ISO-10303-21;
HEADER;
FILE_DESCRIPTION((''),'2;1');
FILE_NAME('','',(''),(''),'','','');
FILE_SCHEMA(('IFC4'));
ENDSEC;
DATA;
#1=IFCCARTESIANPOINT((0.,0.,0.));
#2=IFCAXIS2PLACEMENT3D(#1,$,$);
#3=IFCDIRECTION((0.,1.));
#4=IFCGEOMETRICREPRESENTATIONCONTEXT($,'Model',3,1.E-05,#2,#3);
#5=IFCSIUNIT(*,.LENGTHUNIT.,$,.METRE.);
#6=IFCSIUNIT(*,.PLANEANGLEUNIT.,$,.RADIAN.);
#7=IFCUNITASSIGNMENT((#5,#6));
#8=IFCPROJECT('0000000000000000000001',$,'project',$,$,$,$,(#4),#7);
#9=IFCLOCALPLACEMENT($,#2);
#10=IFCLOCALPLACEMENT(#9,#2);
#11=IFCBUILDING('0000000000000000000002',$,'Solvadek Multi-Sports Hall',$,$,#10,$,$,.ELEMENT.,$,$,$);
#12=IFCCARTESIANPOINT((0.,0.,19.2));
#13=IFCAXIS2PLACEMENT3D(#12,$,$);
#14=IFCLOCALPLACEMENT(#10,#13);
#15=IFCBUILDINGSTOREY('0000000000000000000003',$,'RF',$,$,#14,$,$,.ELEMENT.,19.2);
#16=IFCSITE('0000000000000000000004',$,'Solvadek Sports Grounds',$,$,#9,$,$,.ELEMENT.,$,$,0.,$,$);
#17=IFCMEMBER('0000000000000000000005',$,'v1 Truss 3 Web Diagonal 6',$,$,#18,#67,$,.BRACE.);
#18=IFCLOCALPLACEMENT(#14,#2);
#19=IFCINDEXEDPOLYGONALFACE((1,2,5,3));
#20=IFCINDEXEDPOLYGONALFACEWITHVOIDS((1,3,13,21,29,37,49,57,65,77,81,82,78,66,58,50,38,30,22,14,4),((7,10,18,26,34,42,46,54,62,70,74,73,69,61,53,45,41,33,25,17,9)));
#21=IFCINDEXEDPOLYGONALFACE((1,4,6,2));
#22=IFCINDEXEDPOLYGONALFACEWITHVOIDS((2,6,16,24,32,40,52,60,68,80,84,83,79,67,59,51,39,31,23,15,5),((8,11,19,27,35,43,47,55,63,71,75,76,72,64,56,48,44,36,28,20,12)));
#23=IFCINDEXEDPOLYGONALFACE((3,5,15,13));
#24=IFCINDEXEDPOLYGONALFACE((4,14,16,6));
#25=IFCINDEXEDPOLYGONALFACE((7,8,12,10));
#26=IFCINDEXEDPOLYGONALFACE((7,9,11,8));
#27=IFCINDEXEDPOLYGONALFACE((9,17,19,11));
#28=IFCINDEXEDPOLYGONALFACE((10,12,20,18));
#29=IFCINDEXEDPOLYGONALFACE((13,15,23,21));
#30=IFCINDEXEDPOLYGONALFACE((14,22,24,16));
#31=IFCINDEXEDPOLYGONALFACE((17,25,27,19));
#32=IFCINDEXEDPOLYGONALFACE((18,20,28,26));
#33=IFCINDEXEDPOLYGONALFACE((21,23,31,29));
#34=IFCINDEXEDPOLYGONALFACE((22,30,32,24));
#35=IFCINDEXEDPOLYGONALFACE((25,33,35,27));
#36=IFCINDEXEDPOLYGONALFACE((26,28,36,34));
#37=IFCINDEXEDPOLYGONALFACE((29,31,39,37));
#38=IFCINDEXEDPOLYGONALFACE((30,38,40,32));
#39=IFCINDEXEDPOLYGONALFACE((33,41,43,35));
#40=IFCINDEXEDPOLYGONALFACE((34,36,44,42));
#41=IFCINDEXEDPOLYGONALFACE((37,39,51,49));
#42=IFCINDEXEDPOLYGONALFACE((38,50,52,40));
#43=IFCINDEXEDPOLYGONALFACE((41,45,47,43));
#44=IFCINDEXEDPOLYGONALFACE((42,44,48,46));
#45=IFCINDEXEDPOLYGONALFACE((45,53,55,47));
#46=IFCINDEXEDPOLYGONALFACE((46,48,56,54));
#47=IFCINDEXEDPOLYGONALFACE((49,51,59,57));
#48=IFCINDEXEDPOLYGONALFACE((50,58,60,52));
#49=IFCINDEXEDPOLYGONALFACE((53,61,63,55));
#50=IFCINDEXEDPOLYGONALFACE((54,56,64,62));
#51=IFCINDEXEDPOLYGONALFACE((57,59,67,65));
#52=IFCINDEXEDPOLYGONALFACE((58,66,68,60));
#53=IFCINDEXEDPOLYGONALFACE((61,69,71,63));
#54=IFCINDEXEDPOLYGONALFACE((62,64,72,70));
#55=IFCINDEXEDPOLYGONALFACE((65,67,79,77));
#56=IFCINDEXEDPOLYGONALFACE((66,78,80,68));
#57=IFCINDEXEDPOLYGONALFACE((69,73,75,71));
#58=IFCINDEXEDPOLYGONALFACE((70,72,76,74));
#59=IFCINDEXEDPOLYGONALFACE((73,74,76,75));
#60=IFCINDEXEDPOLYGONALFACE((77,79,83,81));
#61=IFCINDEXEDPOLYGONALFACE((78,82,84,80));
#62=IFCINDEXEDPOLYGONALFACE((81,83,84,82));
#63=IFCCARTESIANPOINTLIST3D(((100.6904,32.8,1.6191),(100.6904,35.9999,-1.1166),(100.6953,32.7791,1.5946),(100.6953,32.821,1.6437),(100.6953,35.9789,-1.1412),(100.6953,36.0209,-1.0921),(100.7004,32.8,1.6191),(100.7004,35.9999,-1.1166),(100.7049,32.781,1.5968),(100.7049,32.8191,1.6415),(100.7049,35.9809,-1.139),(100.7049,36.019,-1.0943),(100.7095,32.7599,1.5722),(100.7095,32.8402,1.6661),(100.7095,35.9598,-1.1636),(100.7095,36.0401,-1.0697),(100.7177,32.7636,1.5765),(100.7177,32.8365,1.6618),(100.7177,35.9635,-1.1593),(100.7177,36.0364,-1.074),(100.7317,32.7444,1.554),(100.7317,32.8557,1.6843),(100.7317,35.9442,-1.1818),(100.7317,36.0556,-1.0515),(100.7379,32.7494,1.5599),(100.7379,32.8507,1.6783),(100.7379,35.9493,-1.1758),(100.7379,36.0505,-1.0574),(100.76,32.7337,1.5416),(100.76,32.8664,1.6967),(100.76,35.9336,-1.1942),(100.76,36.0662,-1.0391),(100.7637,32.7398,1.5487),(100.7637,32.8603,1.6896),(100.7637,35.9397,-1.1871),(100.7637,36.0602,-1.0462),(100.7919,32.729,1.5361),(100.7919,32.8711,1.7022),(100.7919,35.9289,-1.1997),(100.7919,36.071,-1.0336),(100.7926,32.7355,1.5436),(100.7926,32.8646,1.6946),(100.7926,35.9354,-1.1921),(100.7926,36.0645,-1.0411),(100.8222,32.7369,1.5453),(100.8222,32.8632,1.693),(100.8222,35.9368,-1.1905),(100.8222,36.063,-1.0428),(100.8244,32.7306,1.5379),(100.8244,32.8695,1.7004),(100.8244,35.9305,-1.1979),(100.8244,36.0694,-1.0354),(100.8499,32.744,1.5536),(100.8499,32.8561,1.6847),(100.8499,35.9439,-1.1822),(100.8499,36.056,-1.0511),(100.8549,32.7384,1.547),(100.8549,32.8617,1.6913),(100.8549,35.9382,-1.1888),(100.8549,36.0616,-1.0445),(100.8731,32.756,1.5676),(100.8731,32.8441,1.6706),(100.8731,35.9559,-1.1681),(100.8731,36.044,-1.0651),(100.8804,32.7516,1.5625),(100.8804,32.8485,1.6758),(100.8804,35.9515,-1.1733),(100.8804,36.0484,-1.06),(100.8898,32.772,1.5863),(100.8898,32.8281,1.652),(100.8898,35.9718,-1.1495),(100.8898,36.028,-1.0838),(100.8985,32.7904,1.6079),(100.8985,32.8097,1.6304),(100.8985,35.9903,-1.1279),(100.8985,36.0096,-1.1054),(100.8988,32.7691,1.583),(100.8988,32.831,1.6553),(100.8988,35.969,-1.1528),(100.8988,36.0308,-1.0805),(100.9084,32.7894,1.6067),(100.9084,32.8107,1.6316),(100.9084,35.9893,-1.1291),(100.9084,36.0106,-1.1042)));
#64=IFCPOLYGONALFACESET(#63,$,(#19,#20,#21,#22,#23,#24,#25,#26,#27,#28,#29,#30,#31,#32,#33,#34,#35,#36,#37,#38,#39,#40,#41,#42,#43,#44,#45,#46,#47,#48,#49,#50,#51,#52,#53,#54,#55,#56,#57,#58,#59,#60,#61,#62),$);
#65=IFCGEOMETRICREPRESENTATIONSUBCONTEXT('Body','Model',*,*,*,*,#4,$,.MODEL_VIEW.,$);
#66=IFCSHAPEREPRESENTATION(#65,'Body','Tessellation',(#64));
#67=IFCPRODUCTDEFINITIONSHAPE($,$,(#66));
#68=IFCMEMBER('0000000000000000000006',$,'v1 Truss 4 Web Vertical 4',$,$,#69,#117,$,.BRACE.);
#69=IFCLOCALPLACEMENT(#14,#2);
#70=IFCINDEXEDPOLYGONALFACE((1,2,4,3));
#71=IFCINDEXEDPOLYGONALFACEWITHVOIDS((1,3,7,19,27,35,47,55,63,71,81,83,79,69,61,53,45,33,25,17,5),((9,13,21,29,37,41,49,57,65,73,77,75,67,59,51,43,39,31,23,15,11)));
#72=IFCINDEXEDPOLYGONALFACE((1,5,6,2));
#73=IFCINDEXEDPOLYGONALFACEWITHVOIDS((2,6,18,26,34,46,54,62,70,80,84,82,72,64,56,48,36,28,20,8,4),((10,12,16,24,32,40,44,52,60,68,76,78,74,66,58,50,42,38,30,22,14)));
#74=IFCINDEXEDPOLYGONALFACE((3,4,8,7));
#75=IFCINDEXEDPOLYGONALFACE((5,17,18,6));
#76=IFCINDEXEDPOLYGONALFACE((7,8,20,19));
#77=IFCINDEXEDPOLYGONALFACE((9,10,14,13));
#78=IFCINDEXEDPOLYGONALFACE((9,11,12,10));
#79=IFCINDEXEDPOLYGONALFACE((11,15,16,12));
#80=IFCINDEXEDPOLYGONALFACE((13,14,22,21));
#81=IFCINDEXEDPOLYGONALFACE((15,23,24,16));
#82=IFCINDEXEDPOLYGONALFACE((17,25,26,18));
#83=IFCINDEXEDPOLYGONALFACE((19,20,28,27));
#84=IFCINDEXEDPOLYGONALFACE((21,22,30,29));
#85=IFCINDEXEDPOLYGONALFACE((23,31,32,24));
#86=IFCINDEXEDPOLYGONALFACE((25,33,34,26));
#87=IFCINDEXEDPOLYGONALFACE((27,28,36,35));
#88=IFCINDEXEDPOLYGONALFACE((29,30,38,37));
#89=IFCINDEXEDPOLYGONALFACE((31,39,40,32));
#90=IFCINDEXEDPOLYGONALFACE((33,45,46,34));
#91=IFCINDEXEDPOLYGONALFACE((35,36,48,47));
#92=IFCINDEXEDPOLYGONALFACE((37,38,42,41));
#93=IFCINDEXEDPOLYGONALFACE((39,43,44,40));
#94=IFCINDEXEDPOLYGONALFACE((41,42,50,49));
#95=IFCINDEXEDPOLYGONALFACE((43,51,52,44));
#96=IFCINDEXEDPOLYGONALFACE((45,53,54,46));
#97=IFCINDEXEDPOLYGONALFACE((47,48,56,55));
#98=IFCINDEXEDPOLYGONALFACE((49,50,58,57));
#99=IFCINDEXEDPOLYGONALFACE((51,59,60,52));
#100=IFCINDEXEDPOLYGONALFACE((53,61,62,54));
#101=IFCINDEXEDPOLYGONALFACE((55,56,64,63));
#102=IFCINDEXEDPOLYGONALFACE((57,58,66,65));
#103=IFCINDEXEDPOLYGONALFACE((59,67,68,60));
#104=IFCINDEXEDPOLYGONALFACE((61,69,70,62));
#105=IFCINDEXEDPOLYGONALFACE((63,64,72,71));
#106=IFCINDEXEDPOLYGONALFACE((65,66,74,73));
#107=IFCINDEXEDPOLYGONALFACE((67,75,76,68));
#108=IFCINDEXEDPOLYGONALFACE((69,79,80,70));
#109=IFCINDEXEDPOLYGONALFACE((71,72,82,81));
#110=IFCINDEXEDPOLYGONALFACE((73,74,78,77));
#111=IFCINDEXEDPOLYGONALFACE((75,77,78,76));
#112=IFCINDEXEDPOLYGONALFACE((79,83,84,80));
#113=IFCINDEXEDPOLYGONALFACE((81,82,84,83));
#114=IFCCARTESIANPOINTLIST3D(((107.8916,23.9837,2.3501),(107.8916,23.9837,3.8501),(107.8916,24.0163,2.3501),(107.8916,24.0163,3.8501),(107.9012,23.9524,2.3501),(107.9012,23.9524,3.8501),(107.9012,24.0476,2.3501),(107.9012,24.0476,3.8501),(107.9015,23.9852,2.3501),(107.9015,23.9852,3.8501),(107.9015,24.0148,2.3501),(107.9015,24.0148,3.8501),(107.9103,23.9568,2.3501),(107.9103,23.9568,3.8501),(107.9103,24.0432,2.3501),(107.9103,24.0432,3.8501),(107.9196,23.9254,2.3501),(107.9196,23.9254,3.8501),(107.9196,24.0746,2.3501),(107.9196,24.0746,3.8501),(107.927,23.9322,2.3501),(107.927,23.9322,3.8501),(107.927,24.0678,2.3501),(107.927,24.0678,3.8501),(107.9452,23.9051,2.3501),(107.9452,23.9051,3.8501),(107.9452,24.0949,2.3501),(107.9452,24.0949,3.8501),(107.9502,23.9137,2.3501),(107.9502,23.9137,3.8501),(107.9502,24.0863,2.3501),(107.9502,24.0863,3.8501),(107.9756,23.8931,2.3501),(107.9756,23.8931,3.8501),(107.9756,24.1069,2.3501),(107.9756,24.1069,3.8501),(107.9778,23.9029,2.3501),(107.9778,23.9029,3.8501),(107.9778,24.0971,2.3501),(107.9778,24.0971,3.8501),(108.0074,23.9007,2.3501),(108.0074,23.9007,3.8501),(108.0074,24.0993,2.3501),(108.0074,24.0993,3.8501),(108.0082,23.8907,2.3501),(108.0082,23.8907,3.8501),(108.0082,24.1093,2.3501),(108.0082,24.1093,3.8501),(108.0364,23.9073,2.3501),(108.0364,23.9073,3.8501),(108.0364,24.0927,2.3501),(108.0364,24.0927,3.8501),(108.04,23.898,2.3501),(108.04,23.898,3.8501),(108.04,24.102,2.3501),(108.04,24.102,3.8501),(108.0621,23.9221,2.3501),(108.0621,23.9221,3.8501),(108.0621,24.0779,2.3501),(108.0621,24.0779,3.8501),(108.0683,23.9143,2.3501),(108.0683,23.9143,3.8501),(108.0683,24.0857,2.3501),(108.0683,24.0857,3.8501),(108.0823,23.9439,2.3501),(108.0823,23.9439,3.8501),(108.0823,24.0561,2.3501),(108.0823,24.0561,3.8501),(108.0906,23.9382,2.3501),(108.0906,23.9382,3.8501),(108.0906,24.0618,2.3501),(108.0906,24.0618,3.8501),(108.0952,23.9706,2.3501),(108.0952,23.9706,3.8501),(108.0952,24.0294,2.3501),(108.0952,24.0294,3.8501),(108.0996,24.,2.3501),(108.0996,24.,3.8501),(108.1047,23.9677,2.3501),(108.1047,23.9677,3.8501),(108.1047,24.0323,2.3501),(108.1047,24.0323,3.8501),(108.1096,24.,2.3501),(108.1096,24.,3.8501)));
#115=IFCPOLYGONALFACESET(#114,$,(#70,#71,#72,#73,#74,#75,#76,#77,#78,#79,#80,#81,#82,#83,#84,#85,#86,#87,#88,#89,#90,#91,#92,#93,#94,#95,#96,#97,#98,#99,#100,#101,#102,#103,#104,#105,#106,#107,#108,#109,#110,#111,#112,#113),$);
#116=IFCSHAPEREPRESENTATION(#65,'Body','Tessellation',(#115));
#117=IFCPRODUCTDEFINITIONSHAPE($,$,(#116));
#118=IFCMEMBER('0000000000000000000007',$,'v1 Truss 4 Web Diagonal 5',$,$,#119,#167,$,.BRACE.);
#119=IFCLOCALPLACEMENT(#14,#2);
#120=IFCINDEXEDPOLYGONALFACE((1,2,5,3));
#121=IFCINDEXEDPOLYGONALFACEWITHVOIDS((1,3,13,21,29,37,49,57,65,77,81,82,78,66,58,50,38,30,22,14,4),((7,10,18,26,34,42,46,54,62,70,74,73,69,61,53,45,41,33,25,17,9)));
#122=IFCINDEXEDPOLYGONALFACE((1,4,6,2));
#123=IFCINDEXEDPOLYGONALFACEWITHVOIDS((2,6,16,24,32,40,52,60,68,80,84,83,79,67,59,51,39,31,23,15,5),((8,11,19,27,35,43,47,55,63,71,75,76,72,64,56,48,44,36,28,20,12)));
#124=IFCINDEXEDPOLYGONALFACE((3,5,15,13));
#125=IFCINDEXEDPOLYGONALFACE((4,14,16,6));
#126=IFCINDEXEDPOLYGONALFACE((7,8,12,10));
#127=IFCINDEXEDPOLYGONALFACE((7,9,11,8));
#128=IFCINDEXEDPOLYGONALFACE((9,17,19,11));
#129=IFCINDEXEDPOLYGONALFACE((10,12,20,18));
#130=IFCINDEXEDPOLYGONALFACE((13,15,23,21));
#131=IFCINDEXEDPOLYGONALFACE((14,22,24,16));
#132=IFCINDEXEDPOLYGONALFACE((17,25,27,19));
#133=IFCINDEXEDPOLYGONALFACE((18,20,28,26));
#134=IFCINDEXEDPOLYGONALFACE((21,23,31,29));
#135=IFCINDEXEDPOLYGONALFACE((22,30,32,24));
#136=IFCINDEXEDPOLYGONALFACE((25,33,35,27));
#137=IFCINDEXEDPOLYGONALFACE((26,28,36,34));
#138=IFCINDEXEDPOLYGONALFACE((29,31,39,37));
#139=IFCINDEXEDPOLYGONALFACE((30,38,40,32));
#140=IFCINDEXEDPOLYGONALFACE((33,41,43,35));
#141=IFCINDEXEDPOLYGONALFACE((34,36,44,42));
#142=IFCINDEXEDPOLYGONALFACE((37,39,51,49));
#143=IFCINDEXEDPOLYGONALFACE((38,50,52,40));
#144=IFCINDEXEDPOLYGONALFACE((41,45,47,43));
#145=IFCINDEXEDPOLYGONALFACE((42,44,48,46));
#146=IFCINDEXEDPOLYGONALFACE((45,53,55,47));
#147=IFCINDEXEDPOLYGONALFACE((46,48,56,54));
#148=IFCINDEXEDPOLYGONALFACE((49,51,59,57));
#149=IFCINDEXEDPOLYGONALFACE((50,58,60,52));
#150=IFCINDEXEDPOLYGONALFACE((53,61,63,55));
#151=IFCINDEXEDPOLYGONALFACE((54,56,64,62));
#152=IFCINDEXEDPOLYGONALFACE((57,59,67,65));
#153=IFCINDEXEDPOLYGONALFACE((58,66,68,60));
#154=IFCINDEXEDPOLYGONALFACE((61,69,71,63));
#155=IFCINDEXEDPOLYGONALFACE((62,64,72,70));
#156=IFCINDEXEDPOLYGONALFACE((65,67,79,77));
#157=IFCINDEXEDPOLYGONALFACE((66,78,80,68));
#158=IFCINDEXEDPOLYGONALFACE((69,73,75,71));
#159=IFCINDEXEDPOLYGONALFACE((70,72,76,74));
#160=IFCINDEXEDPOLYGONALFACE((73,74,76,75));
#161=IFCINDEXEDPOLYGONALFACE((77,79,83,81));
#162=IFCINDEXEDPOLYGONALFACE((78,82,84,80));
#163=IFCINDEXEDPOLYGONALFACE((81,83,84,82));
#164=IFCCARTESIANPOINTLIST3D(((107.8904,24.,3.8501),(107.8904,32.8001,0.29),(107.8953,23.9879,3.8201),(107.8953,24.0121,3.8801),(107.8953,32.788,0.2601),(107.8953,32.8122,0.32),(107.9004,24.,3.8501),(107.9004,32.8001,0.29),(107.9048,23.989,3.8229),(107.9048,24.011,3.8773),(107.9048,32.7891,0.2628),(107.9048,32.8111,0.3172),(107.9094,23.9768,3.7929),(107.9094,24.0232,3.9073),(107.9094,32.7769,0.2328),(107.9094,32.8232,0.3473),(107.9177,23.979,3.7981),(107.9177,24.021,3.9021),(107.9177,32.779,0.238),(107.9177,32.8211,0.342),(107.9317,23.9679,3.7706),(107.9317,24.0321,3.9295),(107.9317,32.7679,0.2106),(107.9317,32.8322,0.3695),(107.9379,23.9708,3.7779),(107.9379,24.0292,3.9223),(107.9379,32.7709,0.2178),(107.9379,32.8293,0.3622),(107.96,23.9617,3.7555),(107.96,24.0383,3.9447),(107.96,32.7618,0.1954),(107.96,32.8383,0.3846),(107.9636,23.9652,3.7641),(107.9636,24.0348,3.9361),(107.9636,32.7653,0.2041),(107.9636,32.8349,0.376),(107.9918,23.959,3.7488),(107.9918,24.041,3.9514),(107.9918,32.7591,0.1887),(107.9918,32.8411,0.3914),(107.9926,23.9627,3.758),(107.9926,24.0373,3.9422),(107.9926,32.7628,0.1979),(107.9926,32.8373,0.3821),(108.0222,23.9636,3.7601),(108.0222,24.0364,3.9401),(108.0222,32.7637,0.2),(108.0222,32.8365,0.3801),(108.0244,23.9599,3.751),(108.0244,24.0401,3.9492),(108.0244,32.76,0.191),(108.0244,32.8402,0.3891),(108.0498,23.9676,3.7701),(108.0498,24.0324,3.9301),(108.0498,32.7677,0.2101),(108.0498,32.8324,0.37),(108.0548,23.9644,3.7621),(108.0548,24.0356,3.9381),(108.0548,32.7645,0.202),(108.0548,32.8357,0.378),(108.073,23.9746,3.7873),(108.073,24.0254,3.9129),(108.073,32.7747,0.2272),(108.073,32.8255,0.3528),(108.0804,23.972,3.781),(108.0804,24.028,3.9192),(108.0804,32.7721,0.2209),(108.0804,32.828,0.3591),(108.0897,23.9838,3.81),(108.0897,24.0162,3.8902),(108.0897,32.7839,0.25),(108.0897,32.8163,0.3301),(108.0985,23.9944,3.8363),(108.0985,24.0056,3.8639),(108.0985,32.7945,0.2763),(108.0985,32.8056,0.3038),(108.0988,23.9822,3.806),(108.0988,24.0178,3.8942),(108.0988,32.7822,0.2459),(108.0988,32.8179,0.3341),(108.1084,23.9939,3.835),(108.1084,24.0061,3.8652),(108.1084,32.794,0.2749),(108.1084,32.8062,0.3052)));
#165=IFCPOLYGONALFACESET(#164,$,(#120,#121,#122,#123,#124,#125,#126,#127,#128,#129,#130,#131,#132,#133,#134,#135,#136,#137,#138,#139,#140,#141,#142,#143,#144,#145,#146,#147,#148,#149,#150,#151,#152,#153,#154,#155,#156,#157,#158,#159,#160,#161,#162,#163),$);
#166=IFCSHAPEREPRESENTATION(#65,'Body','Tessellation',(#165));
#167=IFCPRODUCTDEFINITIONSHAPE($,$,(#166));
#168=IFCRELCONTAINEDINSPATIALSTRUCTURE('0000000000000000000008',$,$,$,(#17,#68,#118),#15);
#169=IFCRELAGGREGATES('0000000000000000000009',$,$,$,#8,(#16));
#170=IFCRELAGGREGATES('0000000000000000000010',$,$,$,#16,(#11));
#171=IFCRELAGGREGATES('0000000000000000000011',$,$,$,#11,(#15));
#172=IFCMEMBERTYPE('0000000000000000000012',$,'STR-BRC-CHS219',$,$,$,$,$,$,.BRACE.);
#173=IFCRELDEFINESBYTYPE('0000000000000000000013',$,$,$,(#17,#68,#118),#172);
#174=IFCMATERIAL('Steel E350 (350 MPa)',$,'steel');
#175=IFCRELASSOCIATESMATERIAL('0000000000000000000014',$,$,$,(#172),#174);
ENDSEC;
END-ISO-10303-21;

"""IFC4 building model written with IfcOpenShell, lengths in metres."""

from ifc_helpers import new_model, si_unit, direction, frame, origin, origin_2d, place, context, subcontext, project, spatial, hollow_circle, extrude, material, material_profile, profile_set, type_object, element, save


model = new_model("IFC4")

# Units and contexts
model_context = context("Model", 3, precision=1e-05, world=origin(), true_north=direction((0.0, 1.0)))
body_context = subcontext(model_context, "Body", "Model", "MODEL_VIEW")
ifc_project = project(units=[si_unit("LENGTHUNIT", "METRE"), si_unit("PLANEANGLEUNIT", "RADIAN")], contexts=[model_context])

# Site, building, storey
site_placement = place(None, origin())
site = spatial("IfcSite", under=ifc_project, at=site_placement, Name="Solvadek Sports Grounds", CompositionType="ELEMENT", RefElevation=0.0)
building_placement = place(site_placement, origin())
building = spatial("IfcBuilding", under=site, at=building_placement, Name="Solvadek Multi-Sports Hall", CompositionType="ELEMENT")
storey_placement = place(building_placement, frame((0.0, 0.0, 19.2)))
storey = spatial("IfcBuildingStorey", under=building, at=storey_placement, Name="RF", CompositionType="ELEMENT", Elevation=19.2)

# Members
ifc_material_1 = material(Name="Steel E350 (350 MPa)", Category="steel")
ifc_material_profile_1 = material_profile(ifc_material_1, hollow_circle(Radius=0.1096, WallThickness=0.01, at=origin_2d()), Name="CHS 219.1x10")
ifc_profile_set_1 = profile_set([ifc_material_profile_1], Name="Steel E350 (350 MPa)")
member_type_1 = type_object("IfcMemberType", Name="STR-BRC-CHS219", PredefinedType="BRACE", material=ifc_profile_set_1)
member_1_placement = place(storey_placement, frame((100.8, 32.8, 1.6191), z_axis=(0.0, 0.760075, -0.649836), x_axis=(-1.0, 0.0, 0.0)))
element("IfcMember", 1, at=member_1_placement, inside=storey, type_object=member_type_1, Name="v1 Truss 3 Web Diagonal 6", PredefinedType="BRACE", context=body_context, shape_type="SweptSolid", body=[
    extrude(hollow_circle(Radius=0.1096, WallThickness=0.01, at=origin_2d()), origin(), (0.0, 0.0, 1.0), 4.21),
])
member_2_placement = place(storey_placement, frame((108.0, 24.0, 2.3501), z_axis=(0.0, 0.0, 1.0), x_axis=(1.0, 0.0, 0.0)))
element("IfcMember", 2, at=member_2_placement, inside=storey, type_object=member_type_1, Name="v1 Truss 4 Web Vertical 4", PredefinedType="BRACE", context=body_context, shape_type="SweptSolid", body=[
    extrude(hollow_circle(Radius=0.1096, WallThickness=0.01, at=origin_2d()), origin(), (0.0, 0.0, 1.0), 1.5),
])
member_3_placement = place(storey_placement, frame((108.0, 24.0, 3.8501), z_axis=(0.0, 0.927015, -0.375024), x_axis=(-1.0, 0.0, 0.0)))
element("IfcMember", 3, at=member_3_placement, inside=storey, type_object=member_type_1, Name="v1 Truss 4 Web Diagonal 5", PredefinedType="BRACE", context=body_context, shape_type="SweptSolid", body=[
    extrude(hollow_circle(Radius=0.1096, WallThickness=0.01, at=origin_2d()), origin(), (0.0, 0.0, 1.0), 9.4929),
])

save(model, "model.ifc")
